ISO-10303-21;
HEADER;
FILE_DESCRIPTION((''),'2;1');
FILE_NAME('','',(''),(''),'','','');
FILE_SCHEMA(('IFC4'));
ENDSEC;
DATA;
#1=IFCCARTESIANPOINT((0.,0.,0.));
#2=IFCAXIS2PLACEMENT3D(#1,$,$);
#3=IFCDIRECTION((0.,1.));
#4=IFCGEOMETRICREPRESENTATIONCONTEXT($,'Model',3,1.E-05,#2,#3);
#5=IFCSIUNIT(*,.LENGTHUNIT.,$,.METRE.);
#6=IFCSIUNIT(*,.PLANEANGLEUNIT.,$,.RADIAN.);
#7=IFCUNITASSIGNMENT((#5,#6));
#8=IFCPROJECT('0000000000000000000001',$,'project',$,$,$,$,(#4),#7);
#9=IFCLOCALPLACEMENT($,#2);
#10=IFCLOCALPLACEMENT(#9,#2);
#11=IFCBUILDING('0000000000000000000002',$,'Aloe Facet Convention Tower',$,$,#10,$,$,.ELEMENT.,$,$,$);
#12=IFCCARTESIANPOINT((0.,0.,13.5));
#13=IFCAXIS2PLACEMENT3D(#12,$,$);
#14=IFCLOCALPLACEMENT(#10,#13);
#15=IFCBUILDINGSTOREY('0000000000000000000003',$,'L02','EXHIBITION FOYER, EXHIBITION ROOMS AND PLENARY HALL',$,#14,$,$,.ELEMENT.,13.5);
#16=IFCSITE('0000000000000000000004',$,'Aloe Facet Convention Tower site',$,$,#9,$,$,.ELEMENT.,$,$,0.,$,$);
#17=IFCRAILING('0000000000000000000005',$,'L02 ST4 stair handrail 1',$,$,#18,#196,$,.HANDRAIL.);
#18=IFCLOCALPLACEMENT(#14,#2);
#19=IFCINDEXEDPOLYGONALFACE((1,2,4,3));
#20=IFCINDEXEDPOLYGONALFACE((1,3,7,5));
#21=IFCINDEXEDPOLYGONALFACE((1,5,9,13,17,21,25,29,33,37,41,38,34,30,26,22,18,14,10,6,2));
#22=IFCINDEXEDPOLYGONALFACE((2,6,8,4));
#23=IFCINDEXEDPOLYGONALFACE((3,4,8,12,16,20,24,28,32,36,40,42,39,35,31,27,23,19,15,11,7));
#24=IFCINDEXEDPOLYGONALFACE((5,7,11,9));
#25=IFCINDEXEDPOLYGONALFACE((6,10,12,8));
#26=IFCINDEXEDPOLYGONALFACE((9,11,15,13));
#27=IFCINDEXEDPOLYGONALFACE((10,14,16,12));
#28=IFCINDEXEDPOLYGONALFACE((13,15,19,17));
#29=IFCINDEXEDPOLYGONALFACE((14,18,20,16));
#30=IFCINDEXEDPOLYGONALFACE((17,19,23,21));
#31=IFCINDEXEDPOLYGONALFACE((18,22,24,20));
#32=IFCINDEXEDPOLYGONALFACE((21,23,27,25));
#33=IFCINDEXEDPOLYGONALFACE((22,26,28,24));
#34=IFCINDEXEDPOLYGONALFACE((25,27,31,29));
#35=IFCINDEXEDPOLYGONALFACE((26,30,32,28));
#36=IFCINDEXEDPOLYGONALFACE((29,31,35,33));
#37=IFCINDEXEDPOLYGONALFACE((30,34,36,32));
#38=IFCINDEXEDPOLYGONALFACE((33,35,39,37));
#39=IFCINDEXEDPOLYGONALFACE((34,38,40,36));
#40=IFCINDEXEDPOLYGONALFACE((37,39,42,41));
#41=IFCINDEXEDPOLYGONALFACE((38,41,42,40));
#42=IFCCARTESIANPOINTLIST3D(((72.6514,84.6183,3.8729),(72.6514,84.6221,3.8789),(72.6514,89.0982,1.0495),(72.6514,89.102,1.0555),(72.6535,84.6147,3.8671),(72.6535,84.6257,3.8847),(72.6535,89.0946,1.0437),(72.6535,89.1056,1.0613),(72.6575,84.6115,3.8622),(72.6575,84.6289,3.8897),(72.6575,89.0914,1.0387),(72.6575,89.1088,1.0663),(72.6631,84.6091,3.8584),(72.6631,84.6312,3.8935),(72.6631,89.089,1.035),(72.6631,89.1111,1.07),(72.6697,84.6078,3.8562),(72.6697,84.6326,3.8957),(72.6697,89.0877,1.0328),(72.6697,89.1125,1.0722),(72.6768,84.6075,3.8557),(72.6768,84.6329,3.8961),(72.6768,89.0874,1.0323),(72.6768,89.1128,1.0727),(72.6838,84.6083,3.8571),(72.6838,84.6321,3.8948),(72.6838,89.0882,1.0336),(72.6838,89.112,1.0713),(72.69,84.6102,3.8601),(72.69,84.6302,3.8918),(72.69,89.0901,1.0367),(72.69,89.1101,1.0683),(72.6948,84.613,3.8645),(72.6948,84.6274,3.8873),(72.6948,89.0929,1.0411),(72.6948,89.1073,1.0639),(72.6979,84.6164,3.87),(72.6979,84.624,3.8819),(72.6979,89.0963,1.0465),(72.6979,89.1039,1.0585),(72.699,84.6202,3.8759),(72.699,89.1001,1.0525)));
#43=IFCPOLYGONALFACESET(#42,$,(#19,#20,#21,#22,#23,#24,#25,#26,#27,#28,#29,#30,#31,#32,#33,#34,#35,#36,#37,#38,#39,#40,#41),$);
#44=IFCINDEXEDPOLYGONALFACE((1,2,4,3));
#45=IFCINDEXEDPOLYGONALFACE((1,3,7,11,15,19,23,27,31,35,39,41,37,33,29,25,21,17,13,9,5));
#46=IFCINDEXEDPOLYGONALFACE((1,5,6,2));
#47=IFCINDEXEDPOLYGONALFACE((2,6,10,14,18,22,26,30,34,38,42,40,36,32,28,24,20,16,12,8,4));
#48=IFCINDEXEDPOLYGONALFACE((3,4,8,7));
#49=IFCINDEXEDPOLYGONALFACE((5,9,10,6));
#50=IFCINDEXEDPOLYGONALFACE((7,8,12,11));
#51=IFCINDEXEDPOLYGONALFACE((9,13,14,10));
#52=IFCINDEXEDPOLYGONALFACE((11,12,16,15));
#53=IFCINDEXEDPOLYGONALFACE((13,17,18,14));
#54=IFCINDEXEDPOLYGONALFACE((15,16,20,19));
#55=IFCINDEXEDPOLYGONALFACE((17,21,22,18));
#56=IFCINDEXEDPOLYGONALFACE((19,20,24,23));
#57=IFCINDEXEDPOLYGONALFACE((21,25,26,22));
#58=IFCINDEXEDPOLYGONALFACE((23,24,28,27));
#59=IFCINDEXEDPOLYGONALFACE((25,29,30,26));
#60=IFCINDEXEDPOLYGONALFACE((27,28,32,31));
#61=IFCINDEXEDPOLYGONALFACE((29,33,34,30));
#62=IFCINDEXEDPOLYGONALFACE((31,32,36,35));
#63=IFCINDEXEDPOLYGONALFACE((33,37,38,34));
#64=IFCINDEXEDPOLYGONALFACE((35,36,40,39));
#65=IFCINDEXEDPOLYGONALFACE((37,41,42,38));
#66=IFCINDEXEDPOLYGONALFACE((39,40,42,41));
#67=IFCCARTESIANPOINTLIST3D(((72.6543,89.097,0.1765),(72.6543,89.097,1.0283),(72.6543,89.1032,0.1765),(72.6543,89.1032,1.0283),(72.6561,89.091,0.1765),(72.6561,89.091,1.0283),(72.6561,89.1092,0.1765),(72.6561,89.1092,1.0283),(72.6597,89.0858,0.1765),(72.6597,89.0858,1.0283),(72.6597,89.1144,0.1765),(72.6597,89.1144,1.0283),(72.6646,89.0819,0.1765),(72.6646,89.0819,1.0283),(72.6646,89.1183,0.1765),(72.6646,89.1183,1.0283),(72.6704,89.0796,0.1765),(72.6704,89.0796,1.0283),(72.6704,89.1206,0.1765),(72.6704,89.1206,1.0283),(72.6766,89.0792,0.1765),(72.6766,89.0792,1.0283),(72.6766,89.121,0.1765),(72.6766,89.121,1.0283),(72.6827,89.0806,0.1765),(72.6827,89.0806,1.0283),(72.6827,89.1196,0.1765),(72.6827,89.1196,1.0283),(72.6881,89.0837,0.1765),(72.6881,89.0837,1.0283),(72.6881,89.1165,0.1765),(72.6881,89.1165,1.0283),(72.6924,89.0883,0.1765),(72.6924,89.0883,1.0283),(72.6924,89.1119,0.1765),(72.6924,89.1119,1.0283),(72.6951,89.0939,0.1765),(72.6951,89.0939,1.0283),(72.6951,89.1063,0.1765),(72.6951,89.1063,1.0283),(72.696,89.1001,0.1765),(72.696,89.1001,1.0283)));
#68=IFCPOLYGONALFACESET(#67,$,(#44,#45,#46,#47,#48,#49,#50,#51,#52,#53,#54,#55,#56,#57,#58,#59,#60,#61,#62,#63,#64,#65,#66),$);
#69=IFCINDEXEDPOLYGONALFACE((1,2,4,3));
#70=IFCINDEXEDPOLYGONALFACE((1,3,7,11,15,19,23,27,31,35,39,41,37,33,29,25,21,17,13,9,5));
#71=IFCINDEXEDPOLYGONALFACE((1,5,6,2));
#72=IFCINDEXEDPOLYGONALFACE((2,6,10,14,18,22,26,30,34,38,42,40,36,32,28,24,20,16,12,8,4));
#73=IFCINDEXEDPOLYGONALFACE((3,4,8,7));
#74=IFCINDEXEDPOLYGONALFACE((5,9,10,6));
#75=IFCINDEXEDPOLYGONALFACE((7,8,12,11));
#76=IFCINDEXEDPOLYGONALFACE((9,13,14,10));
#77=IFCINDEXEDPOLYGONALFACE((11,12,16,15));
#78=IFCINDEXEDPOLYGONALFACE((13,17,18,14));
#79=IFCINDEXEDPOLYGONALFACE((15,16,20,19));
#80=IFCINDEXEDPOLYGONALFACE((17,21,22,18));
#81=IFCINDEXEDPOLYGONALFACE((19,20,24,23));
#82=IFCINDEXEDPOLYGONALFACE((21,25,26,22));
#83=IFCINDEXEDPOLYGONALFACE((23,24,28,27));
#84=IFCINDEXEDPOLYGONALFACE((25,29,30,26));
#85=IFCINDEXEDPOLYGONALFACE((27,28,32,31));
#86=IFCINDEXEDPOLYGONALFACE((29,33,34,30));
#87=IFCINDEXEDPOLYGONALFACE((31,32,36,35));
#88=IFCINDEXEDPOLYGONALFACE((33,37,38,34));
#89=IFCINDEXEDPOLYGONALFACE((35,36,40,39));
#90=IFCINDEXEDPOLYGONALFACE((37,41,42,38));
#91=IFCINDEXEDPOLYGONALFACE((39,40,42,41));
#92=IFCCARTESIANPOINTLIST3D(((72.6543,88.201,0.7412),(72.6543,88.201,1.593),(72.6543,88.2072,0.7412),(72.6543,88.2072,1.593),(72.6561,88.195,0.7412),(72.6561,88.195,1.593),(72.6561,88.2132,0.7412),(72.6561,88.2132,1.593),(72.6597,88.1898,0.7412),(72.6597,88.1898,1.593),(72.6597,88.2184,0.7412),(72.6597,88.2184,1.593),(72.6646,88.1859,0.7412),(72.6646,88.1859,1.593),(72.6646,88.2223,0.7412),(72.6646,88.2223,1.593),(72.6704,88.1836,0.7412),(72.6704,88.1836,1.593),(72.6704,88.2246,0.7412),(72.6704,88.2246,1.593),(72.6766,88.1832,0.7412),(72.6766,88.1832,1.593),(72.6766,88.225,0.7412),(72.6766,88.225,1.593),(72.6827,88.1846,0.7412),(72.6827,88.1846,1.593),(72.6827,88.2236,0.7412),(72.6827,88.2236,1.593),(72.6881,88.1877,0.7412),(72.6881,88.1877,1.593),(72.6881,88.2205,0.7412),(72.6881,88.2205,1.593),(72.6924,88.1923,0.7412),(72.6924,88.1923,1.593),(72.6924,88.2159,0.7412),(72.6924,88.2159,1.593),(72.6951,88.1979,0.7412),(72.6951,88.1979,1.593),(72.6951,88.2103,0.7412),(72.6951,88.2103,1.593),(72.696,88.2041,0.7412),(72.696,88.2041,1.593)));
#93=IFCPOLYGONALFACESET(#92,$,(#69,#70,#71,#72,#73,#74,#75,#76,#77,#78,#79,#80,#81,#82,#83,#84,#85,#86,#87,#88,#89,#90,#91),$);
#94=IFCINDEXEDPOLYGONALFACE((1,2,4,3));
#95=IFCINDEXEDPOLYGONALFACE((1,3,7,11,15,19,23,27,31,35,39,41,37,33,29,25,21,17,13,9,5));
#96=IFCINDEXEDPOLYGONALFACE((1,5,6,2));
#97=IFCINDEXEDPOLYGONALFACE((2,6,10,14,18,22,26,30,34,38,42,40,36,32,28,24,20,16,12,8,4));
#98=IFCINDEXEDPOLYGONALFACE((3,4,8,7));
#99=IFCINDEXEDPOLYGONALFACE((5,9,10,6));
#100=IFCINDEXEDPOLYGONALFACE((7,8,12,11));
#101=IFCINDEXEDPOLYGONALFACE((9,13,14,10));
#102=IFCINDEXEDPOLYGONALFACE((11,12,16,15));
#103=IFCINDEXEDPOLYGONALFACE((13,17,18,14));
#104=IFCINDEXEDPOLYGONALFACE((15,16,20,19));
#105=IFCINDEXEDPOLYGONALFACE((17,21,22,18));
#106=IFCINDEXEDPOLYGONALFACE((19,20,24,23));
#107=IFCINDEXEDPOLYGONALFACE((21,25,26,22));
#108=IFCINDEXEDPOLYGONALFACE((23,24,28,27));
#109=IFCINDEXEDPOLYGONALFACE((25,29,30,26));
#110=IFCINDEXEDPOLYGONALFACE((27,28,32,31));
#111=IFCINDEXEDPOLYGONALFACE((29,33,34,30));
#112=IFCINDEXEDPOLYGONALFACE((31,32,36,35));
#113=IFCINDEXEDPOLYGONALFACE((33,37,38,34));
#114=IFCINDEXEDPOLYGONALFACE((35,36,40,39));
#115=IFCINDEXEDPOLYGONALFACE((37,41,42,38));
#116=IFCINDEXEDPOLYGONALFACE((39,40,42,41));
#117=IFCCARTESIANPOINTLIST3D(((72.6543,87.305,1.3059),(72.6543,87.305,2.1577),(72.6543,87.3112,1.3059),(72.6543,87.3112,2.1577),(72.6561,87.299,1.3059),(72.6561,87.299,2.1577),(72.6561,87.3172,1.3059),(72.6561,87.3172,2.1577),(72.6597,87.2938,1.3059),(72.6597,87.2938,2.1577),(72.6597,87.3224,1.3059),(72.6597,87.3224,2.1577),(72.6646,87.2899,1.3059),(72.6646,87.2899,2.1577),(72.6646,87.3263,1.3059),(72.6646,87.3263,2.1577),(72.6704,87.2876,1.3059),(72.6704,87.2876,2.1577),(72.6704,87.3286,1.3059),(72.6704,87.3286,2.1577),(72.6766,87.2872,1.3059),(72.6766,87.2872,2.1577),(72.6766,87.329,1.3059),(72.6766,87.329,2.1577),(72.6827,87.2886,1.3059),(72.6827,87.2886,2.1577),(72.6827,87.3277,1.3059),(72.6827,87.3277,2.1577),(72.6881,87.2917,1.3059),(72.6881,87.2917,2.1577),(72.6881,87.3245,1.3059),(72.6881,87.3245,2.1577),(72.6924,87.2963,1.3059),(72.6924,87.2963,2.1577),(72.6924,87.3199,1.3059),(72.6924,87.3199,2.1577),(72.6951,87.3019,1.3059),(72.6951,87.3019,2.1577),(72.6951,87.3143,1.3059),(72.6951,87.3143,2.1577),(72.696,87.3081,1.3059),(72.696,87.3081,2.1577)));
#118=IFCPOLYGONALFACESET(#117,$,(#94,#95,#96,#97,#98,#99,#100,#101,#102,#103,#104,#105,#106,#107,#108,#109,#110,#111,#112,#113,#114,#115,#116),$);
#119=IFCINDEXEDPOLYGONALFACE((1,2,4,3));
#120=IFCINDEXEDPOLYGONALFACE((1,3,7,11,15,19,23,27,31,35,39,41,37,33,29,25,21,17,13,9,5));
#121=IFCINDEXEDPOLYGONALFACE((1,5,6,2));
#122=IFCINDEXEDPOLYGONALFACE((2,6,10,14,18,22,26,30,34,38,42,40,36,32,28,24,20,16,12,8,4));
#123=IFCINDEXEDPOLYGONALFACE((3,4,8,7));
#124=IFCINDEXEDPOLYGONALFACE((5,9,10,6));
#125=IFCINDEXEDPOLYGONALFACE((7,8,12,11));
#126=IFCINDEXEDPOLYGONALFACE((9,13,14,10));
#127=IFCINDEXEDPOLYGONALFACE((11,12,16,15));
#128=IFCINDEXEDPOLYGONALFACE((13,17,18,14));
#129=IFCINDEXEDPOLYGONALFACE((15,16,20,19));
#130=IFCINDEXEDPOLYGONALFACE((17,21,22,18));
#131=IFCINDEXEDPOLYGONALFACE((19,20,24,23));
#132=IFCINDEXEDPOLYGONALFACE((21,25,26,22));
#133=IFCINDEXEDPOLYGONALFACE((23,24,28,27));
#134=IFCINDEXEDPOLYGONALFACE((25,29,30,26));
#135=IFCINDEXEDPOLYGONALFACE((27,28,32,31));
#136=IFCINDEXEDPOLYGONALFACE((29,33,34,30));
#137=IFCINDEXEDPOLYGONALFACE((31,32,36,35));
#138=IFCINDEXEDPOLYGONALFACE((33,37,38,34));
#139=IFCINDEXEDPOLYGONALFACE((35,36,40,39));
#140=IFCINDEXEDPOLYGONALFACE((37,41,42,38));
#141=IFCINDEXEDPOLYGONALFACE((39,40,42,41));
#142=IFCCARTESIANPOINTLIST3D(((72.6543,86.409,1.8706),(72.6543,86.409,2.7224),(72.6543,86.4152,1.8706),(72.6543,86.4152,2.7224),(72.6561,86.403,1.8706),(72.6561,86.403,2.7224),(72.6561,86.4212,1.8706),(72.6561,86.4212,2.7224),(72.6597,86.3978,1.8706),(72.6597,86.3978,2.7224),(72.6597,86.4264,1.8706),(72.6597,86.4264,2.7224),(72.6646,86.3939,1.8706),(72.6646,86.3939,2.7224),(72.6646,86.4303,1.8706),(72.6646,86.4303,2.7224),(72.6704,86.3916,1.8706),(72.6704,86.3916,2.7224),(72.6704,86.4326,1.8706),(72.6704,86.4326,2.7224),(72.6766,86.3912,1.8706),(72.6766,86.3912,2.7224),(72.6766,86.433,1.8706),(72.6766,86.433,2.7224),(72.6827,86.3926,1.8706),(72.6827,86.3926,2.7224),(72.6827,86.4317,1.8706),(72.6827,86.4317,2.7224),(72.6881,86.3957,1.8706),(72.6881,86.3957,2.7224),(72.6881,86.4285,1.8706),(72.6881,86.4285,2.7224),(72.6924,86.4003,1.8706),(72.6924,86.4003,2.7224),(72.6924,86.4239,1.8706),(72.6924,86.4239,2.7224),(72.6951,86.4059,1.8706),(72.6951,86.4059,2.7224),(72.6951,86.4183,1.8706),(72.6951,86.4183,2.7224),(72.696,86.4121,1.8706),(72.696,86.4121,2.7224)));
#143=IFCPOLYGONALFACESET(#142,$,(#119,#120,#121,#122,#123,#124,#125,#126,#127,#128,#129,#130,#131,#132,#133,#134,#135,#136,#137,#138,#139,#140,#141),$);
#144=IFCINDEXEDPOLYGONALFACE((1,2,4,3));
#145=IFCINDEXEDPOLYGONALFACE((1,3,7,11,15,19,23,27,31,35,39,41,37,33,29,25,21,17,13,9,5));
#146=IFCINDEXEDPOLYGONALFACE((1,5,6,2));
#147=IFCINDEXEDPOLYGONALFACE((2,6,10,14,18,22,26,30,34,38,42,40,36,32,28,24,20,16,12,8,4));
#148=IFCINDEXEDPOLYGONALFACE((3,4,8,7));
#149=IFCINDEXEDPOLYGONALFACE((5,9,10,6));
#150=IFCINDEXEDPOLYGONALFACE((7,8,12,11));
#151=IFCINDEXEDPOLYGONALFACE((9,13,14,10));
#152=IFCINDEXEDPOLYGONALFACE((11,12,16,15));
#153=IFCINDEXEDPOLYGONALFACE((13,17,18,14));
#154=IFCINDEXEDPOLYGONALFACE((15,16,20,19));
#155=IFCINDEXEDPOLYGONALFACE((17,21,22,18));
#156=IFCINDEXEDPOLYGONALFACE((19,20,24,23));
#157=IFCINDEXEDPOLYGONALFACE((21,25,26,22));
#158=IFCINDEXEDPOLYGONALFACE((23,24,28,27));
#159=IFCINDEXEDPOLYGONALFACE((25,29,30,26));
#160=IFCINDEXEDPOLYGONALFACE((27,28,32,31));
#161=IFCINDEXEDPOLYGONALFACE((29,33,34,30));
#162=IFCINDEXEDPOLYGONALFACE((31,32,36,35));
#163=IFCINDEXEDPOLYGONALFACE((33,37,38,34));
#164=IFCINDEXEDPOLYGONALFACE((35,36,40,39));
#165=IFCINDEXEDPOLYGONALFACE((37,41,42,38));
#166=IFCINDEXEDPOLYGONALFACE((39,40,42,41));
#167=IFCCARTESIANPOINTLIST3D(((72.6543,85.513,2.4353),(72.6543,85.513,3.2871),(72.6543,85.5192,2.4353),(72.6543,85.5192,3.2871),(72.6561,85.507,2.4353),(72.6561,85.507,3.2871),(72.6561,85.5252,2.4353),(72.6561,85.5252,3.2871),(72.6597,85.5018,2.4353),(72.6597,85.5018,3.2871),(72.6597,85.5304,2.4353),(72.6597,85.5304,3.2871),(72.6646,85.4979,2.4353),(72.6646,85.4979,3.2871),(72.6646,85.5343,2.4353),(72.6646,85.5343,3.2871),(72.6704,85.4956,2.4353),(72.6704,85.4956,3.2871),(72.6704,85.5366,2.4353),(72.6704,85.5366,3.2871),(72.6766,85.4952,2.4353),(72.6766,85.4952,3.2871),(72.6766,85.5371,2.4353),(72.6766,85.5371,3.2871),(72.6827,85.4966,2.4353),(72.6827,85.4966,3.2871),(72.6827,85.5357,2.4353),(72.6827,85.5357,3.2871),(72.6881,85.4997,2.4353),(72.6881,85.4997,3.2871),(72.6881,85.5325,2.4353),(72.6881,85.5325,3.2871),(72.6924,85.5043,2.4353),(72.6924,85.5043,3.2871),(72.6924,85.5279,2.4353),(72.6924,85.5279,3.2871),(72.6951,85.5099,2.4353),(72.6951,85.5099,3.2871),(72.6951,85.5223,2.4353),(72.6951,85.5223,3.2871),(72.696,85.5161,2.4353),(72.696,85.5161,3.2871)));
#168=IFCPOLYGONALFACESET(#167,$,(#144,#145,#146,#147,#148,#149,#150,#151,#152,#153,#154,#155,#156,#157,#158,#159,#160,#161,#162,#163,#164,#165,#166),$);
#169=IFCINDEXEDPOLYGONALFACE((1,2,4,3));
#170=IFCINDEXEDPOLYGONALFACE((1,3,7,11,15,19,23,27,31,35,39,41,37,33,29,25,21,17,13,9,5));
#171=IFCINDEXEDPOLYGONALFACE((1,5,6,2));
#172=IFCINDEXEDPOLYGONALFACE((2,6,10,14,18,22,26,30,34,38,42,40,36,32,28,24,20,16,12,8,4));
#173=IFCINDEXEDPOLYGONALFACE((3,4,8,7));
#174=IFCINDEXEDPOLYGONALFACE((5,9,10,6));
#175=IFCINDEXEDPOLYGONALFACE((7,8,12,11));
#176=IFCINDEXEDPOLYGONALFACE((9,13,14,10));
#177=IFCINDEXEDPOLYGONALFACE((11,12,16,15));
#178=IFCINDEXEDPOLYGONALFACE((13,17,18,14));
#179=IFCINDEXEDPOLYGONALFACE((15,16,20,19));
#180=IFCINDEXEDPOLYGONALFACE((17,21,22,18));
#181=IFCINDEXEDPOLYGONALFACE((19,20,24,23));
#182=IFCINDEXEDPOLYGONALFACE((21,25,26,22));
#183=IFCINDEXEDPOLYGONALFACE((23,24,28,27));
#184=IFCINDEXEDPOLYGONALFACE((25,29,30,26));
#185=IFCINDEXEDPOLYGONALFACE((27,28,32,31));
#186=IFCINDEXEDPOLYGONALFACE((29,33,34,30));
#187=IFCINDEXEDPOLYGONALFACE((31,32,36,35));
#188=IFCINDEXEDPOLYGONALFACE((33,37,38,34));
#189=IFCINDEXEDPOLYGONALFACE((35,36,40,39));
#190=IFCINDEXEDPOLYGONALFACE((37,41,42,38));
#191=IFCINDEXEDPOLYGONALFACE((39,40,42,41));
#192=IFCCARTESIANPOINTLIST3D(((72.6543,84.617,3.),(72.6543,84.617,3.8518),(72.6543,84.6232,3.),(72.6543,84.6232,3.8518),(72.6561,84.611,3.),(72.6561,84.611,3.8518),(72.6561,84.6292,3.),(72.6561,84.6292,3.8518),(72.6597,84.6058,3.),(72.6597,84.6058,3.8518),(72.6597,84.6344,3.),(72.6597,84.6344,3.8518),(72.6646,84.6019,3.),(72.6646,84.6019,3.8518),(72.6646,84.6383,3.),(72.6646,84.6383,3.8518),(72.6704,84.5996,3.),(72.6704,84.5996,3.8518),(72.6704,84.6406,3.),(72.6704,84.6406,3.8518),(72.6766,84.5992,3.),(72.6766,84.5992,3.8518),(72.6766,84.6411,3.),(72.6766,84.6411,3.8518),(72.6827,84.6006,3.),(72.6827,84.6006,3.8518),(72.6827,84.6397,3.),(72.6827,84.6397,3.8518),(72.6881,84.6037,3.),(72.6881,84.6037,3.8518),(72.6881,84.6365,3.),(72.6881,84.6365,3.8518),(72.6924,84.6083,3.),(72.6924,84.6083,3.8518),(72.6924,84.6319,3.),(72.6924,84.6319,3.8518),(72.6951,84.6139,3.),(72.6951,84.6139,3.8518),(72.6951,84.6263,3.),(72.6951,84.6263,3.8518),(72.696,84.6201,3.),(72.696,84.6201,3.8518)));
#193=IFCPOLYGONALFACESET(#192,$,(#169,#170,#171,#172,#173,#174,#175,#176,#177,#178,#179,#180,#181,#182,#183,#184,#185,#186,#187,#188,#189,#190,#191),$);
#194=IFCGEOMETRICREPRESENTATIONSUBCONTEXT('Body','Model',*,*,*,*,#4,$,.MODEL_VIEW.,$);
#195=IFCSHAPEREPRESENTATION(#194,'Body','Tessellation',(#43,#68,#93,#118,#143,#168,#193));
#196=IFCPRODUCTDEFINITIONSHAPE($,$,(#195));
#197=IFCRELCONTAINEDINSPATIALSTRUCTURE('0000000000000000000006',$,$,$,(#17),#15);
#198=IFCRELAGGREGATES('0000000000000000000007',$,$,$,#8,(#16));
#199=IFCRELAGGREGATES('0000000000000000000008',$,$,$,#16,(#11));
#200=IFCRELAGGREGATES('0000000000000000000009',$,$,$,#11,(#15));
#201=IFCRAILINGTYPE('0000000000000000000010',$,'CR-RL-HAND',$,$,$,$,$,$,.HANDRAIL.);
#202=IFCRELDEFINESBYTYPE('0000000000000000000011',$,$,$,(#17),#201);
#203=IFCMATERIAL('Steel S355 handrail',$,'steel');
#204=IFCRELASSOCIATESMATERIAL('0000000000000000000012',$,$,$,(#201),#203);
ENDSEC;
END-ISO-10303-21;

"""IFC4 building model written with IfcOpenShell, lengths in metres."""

from ifc_helpers import new_model, si_unit, direction, frame, origin, origin_2d, place, context, subcontext, project, spatial, circle, extrude, material, type_object, element, save


model = new_model("IFC4")

# Units and contexts
model_context = context("Model", 3, precision=1e-05, world=origin(), true_north=direction((0.0, 1.0)))
body_context = subcontext(model_context, "Body", "Model", "MODEL_VIEW")
ifc_project = project(units=[si_unit("LENGTHUNIT", "METRE"), si_unit("PLANEANGLEUNIT", "RADIAN")], contexts=[model_context])

# Site, building, storey
site_placement = place(None, origin())
site = spatial("IfcSite", under=ifc_project, at=site_placement, Name="Aloe Facet Convention Tower site", CompositionType="ELEMENT", RefElevation=0.0)
building_placement = place(site_placement, origin())
building = spatial("IfcBuilding", under=site, at=building_placement, Name="Aloe Facet Convention Tower", CompositionType="ELEMENT")
storey_placement = place(building_placement, frame((0.0, 0.0, 13.5)))
storey = spatial("IfcBuildingStorey", under=building, at=storey_placement, Name="L02", Description="EXHIBITION FOYER, EXHIBITION ROOMS AND PLENARY HALL", CompositionType="ELEMENT", Elevation=13.5)

# Railing
ifc_material_1 = material(Name="Steel S355 handrail", Category="steel")
railing_type_1 = type_object("IfcRailingType", Name="CR-RL-HAND", PredefinedType="HANDRAIL", material=ifc_material_1)
railing_1_placement = place(storey_placement, frame((72.675, 89.1001, 0.1765)))
element("IfcRailing", 1, at=railing_1_placement, inside=storey, type_object=railing_type_1, Name="L02 ST4 stair handrail 1", PredefinedType="HANDRAIL", context=body_context, shape_type="SweptSolid", body=[
    extrude(circle(Radius=0.0239, at=origin_2d()), frame((0.0, 0.0, 0.876), z_axis=(0.0, -0.845998, 0.533186), x_axis=(1.0, 0.0, 0.0)), (0.0, 0.0, 1.0), 5.2954),
    extrude(circle(Radius=0.021, at=origin_2d()), origin(), (0.0, 0.0, 1.0), 0.8518),
    extrude(circle(Radius=0.021, at=origin_2d()), frame((0.0, -0.896, 0.5647)), (0.0, 0.0, 1.0), 0.8518),
    extrude(circle(Radius=0.021, at=origin_2d()), frame((0.0, -1.792, 1.1294)), (0.0, 0.0, 1.0), 0.8518),
    extrude(circle(Radius=0.021, at=origin_2d()), frame((0.0, -2.688, 1.6941)), (0.0, 0.0, 1.0), 0.8518),
    extrude(circle(Radius=0.021, at=origin_2d()), frame((0.0, -3.584, 2.2588)), (0.0, 0.0, 1.0), 0.8518),
    extrude(circle(Radius=0.021, at=origin_2d()), frame((0.0, -4.48, 2.8235)), (0.0, 0.0, 1.0), 0.8518),
])

save(model, "model.ifc")
